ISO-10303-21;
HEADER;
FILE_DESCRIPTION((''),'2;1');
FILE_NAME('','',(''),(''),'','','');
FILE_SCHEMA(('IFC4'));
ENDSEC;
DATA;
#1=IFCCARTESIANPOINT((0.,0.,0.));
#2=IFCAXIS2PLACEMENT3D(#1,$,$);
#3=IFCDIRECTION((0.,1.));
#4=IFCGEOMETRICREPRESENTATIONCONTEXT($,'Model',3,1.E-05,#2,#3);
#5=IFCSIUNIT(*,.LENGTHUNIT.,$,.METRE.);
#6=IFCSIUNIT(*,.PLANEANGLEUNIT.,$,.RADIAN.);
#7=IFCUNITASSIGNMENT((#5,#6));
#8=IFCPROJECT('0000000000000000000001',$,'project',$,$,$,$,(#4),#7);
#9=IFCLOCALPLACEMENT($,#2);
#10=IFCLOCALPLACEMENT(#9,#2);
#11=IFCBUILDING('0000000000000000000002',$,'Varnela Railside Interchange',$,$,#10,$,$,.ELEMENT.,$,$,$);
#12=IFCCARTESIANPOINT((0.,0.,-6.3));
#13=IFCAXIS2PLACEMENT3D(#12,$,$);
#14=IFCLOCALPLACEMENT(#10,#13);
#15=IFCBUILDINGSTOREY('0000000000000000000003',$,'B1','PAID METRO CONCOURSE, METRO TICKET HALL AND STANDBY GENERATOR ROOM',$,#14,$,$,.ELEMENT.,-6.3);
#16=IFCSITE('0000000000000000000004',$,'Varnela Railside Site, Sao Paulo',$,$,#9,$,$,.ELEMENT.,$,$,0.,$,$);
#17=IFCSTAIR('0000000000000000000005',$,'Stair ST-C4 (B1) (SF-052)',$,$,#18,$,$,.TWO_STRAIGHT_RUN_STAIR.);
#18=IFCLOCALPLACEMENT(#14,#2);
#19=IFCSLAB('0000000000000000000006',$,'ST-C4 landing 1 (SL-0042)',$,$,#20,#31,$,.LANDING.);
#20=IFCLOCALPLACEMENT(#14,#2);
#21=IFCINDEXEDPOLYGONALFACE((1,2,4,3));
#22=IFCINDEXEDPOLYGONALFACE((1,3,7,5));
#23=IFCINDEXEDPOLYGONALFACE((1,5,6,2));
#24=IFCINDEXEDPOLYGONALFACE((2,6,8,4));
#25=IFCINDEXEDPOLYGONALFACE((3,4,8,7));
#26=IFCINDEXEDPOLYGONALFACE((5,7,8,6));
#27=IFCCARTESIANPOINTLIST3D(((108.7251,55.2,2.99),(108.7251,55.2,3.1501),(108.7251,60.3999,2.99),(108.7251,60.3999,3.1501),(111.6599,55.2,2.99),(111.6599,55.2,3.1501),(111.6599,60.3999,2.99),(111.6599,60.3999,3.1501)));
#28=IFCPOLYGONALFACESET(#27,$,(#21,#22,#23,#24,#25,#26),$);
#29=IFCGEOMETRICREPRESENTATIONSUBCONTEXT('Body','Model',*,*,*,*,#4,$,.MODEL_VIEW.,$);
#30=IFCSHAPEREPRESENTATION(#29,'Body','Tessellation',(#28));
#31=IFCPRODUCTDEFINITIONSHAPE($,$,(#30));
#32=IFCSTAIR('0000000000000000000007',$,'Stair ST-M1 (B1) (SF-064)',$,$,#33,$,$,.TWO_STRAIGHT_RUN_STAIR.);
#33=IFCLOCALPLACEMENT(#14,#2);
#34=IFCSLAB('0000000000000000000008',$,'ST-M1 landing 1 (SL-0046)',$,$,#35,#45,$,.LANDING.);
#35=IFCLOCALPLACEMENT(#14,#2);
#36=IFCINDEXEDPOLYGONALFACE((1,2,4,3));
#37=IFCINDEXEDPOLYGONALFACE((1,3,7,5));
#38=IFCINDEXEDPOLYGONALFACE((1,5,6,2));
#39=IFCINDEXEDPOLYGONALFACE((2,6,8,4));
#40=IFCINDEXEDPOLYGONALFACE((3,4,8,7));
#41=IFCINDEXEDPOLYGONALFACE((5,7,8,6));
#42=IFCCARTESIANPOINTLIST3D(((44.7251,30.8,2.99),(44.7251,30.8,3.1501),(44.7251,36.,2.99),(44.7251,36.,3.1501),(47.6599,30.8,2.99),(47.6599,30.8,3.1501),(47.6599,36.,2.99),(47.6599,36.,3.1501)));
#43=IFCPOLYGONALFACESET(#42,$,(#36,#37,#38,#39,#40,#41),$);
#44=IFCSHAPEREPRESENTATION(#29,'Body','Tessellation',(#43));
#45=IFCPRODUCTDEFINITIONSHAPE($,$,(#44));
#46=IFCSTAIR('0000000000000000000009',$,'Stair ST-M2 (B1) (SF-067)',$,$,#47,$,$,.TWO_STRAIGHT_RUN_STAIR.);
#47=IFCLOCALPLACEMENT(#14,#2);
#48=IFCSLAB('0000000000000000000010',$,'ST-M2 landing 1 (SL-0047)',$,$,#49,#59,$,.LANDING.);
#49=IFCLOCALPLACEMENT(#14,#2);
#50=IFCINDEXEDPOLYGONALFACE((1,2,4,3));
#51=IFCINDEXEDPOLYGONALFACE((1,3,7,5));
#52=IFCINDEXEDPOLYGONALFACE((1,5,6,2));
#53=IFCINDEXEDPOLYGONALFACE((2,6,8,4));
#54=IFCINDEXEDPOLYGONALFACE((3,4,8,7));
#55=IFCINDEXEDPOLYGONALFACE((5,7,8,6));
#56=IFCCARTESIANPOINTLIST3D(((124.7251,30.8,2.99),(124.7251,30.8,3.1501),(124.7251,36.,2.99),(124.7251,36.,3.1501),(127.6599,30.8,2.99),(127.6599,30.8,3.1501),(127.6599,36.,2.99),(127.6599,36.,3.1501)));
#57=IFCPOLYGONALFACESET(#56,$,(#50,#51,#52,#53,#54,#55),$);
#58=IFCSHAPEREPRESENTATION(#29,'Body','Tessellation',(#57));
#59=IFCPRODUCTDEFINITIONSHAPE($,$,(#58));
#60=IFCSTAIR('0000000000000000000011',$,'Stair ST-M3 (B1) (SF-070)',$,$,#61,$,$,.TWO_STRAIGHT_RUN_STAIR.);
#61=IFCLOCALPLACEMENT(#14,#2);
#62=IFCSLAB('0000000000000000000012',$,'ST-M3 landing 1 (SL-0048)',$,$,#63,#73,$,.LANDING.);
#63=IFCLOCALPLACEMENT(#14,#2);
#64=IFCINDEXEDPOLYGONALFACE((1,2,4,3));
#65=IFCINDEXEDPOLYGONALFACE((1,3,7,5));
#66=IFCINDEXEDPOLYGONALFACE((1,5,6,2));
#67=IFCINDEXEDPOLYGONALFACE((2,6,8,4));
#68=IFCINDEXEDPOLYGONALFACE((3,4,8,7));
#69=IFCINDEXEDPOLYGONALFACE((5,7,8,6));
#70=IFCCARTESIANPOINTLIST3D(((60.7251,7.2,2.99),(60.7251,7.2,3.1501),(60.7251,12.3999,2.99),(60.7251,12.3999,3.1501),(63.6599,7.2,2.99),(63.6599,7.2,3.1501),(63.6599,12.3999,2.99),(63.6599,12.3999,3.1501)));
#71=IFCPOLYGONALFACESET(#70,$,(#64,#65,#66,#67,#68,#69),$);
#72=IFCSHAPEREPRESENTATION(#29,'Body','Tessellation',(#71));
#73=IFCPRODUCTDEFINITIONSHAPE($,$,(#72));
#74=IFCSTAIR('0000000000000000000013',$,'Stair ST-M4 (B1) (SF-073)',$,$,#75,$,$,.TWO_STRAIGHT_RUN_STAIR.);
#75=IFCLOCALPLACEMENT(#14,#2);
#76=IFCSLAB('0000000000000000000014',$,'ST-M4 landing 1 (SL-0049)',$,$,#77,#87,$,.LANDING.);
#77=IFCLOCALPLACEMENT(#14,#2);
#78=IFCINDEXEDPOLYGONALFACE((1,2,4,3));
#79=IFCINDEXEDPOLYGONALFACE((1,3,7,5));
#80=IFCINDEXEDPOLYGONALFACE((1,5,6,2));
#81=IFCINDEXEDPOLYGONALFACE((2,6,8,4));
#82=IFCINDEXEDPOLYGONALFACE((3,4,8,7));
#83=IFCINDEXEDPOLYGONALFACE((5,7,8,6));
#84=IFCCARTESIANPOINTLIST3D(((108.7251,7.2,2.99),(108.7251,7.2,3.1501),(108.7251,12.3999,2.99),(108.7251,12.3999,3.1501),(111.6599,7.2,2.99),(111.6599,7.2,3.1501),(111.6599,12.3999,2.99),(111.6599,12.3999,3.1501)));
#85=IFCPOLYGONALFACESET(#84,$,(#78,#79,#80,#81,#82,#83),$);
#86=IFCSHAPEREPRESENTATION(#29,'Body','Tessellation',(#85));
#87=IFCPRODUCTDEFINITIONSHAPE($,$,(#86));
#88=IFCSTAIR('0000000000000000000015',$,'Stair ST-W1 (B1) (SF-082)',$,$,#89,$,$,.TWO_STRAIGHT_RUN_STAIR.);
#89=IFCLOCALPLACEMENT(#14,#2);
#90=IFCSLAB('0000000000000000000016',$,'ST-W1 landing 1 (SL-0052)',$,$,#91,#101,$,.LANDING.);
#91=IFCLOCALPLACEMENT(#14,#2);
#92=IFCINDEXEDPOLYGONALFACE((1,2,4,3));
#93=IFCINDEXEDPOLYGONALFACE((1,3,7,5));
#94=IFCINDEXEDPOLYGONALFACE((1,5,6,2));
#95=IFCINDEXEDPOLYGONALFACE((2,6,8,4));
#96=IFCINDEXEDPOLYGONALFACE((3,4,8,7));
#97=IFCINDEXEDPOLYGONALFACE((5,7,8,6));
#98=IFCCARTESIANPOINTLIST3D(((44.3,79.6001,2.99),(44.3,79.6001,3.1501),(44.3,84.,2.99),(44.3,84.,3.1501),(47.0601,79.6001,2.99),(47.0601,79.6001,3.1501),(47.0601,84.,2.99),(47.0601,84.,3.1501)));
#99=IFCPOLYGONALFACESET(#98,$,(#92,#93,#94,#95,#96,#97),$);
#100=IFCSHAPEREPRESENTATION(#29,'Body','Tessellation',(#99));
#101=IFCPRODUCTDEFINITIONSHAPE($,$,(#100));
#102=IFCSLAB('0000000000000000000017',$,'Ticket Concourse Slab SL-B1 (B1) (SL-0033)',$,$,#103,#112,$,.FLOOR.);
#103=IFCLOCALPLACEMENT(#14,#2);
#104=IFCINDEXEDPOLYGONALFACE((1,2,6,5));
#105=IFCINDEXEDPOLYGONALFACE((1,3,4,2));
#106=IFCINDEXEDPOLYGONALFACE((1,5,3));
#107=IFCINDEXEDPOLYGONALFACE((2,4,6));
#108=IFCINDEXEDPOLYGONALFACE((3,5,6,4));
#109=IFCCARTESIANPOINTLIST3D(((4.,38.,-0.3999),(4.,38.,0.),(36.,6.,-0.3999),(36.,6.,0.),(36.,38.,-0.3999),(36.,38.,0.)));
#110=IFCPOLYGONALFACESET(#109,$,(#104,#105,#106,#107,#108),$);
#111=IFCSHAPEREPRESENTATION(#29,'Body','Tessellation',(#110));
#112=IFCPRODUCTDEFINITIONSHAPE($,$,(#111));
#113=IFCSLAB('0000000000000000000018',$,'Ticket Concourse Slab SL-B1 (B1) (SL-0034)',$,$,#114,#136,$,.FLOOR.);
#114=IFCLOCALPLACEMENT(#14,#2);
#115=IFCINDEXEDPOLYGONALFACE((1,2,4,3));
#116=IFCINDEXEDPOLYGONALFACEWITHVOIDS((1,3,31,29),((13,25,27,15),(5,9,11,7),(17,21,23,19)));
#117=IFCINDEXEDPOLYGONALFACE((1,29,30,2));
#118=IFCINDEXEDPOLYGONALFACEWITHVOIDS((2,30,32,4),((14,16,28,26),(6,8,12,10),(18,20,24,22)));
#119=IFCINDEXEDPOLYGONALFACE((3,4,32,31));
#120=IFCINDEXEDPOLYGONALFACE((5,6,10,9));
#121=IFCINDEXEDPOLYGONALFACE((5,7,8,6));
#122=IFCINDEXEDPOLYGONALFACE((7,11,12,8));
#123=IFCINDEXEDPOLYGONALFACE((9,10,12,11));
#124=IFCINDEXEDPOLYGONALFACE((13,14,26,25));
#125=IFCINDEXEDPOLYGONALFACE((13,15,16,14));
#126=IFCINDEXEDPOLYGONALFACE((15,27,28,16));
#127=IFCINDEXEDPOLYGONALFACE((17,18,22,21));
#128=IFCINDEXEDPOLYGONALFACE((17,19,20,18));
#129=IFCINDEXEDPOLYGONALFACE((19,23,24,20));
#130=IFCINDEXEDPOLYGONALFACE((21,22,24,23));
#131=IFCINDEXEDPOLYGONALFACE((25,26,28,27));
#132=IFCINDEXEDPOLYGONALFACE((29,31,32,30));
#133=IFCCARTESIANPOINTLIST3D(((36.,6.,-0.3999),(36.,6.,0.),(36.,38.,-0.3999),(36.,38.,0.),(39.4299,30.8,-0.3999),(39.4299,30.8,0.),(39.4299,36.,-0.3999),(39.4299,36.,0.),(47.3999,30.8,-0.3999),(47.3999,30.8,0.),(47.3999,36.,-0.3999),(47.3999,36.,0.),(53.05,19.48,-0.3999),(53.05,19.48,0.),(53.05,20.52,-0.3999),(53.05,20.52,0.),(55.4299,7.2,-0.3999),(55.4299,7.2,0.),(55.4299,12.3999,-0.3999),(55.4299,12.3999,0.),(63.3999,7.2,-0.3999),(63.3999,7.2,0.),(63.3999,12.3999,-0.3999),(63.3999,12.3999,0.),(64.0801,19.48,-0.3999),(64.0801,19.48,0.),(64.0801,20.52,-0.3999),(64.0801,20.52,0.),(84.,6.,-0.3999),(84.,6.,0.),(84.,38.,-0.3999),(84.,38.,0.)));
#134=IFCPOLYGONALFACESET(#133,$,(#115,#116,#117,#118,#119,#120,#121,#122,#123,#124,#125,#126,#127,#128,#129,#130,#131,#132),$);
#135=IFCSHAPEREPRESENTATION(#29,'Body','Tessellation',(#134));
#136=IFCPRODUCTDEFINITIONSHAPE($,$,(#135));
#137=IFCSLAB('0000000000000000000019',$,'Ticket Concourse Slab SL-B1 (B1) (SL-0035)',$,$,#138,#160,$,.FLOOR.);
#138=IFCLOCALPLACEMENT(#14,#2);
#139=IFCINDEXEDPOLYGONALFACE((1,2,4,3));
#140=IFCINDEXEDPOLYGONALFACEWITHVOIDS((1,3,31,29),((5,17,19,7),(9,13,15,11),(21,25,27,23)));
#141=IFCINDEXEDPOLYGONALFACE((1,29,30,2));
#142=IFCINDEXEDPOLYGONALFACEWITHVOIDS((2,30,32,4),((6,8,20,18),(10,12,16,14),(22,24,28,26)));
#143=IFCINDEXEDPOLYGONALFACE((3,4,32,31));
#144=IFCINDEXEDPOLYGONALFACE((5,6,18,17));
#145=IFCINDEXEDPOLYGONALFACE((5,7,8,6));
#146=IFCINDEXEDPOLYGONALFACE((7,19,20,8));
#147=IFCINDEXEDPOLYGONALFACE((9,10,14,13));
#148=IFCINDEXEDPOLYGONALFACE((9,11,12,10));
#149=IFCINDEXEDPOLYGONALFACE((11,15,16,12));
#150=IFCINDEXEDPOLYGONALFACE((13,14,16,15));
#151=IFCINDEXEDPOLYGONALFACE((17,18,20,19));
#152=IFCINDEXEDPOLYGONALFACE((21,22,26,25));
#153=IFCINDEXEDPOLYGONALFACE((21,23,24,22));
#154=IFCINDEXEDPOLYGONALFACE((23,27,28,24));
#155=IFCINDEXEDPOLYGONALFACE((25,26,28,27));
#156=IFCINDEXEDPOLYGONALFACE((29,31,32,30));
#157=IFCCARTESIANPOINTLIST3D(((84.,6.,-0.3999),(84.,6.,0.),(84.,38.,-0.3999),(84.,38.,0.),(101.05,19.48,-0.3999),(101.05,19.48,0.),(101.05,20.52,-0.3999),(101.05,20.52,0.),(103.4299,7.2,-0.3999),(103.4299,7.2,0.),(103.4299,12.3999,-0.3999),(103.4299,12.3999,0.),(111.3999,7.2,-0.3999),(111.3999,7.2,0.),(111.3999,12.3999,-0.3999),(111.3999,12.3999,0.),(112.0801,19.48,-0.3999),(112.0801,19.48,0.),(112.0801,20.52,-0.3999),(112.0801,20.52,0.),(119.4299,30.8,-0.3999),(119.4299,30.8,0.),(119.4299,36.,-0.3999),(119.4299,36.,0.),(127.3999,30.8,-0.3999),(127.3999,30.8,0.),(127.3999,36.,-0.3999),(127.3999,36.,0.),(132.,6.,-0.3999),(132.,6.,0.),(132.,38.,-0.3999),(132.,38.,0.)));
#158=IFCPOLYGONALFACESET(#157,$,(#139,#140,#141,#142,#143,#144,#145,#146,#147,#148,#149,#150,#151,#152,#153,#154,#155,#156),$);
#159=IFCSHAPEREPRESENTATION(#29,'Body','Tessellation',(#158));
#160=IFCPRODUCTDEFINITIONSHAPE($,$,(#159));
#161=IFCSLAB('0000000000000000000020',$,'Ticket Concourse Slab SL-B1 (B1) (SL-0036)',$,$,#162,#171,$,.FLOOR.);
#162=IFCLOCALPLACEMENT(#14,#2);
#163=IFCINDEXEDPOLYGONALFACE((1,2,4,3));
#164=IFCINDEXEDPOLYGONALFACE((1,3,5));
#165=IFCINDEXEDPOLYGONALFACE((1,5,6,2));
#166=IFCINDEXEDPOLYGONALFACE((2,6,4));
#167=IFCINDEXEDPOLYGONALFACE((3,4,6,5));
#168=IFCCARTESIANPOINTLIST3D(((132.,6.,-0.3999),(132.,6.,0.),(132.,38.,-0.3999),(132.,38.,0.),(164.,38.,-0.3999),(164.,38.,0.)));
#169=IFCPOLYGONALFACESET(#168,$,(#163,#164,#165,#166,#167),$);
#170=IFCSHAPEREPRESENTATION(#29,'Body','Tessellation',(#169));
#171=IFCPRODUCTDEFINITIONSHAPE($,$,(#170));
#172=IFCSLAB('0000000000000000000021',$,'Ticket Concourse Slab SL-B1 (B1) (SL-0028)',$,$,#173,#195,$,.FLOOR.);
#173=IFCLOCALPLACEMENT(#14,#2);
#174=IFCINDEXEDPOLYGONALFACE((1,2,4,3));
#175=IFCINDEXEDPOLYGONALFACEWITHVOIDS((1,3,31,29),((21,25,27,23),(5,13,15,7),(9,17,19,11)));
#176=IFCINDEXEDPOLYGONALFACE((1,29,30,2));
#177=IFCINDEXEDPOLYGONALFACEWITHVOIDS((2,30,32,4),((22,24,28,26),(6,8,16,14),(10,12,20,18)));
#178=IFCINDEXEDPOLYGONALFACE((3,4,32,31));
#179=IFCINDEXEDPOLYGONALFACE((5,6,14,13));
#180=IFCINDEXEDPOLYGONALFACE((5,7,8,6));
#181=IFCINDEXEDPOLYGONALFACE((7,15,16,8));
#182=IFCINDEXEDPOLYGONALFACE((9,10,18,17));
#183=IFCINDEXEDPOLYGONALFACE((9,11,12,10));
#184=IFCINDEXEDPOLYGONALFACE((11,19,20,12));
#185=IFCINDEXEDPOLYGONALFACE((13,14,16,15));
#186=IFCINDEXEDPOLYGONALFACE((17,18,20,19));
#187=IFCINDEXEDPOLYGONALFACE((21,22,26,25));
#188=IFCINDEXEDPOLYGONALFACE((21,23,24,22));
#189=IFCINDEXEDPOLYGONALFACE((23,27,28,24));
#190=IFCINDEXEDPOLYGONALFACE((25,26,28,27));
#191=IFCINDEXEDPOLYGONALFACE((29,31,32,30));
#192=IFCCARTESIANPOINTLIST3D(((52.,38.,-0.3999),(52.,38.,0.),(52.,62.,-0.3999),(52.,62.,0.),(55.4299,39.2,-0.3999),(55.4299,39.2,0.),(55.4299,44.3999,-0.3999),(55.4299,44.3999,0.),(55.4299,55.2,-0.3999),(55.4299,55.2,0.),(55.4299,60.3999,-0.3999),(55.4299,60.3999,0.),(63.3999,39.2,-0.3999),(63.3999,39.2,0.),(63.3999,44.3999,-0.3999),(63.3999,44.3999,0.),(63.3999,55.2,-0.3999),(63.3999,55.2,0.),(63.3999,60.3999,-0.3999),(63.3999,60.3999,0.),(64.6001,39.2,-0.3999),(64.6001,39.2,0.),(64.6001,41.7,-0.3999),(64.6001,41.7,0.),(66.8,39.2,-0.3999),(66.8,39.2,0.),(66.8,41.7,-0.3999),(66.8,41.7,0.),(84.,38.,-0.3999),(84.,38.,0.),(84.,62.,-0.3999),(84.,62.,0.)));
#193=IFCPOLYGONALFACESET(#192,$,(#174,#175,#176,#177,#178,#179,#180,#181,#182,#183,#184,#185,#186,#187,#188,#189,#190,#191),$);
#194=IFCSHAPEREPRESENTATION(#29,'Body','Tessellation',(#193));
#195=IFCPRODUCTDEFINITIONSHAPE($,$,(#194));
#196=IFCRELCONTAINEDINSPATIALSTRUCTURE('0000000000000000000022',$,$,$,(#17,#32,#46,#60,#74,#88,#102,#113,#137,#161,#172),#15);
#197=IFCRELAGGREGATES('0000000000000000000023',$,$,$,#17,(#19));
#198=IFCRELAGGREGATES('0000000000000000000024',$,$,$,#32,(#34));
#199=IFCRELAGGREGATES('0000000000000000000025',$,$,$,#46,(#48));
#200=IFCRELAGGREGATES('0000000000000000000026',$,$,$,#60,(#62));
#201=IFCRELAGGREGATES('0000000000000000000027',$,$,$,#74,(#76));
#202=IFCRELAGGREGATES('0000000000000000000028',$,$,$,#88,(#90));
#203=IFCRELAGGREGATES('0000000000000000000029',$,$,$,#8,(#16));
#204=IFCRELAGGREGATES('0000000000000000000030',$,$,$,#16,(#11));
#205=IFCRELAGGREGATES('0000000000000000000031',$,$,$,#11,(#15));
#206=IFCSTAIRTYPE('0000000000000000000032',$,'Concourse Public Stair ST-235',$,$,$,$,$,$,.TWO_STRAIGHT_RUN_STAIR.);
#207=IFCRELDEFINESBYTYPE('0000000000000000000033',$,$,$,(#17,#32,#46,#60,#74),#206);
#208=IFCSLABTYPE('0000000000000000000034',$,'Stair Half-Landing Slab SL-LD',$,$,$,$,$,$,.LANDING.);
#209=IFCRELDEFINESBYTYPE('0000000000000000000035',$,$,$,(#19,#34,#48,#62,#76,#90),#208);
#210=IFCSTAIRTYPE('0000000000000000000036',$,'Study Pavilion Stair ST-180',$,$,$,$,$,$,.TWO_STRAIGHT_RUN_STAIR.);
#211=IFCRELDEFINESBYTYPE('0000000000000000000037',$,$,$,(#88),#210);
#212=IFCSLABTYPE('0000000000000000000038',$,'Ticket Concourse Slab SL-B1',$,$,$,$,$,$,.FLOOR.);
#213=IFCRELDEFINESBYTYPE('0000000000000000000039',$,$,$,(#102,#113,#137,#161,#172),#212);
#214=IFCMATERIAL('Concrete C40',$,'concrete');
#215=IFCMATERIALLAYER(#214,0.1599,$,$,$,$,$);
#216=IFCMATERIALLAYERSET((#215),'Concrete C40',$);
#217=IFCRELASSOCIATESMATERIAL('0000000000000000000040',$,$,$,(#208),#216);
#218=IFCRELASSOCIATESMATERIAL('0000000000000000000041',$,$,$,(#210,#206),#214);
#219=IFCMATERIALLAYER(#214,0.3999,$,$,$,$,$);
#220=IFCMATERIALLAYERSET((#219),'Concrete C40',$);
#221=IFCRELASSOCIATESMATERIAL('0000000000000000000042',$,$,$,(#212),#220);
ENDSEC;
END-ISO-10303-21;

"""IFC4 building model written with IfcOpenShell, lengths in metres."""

from ifc_helpers import new_model, si_unit, direction, frame, origin, place, context, subcontext, project, spatial, polyline, outline, extrude, material, layer, layer_set, type_object, element, aggregate, save


model = new_model("IFC4")

# Units and contexts
model_context = context("Model", 3, precision=1e-05, world=origin(), true_north=direction((0.0, 1.0)))
body_context = subcontext(model_context, "Body", "Model", "MODEL_VIEW")
ifc_project = project(units=[si_unit("LENGTHUNIT", "METRE"), si_unit("PLANEANGLEUNIT", "RADIAN")], contexts=[model_context])

# Site, building, storey
site_placement = place(None, origin())
site = spatial("IfcSite", under=ifc_project, at=site_placement, Name="Varnela Railside Site, Sao Paulo", CompositionType="ELEMENT", RefElevation=0.0)
building_placement = place(site_placement, origin())
building = spatial("IfcBuilding", under=site, at=building_placement, Name="Varnela Railside Interchange", CompositionType="ELEMENT")
storey_placement = place(building_placement, frame((0.0, 0.0, -6.3)))
storey = spatial("IfcBuildingStorey", under=building, at=storey_placement, Name="B1", Description="PAID METRO CONCOURSE, METRO TICKET HALL AND STANDBY GENERATOR ROOM", CompositionType="ELEMENT", Elevation=-6.3)

# Shared definitions
ifc_material_1 = material(Name="Concrete C40", Category="concrete")

# Stairs, slabs
ifc_layer_1 = layer(ifc_material_1, 0.1599)
ifc_layer_set_1 = layer_set([ifc_layer_1], Name="Concrete C40")
slab_type_1 = type_object("IfcSlabType", Name="Stair Half-Landing Slab SL-LD", PredefinedType="LANDING", material=ifc_layer_set_1)
stair_type_1 = type_object("IfcStairType", Name="Study Pavilion Stair ST-180", PredefinedType="TWO_STRAIGHT_RUN_STAIR", material=ifc_material_1)
stair_type_2 = type_object("IfcStairType", Name="Concourse Public Stair ST-235", PredefinedType="TWO_STRAIGHT_RUN_STAIR", material=ifc_material_1)
stair_1_placement = place(storey_placement, origin())
stair_1 = element("IfcStair", 1, at=stair_1_placement, inside=storey, type_object=stair_type_2, Name="Stair ST-C4 (B1) (SF-052)", PredefinedType="TWO_STRAIGHT_RUN_STAIR")
slab_1_placement = place(storey_placement, frame((0.0, 0.0, 2.99)))
slab_1 = element("IfcSlab", 2, at=slab_1_placement, type_object=slab_type_1, Name="ST-C4 landing 1 (SL-0042)", PredefinedType="LANDING", context=body_context, shape_type="SweptSolid", body=[
    extrude(outline(polyline([(108.7251, 55.2), (111.6599, 55.2), (111.6599, 60.3999), (108.7251, 60.3999), (108.7251, 55.2)])), origin(), (0.0, 0.0, 1.0), 0.1602),
])
aggregate(stair_1, [slab_1])
stair_2_placement = place(storey_placement, origin())
stair_2 = element("IfcStair", 3, at=stair_2_placement, inside=storey, type_object=stair_type_2, Name="Stair ST-M1 (B1) (SF-064)", PredefinedType="TWO_STRAIGHT_RUN_STAIR")
slab_2_placement = place(storey_placement, frame((0.0, 0.0, 2.99)))
slab_2 = element("IfcSlab", 4, at=slab_2_placement, type_object=slab_type_1, Name="ST-M1 landing 1 (SL-0046)", PredefinedType="LANDING", context=body_context, shape_type="SweptSolid", body=[
    extrude(outline(polyline([(44.7251, 30.8), (47.6599, 30.8), (47.6599, 36.0), (44.7251, 36.0), (44.7251, 30.8)])), origin(), (0.0, 0.0, 1.0), 0.1602),
])
aggregate(stair_2, [slab_2])
stair_3_placement = place(storey_placement, origin())
stair_3 = element("IfcStair", 5, at=stair_3_placement, inside=storey, type_object=stair_type_2, Name="Stair ST-M2 (B1) (SF-067)", PredefinedType="TWO_STRAIGHT_RUN_STAIR")
slab_3_placement = place(storey_placement, frame((0.0, 0.0, 2.99)))
slab_3 = element("IfcSlab", 6, at=slab_3_placement, type_object=slab_type_1, Name="ST-M2 landing 1 (SL-0047)", PredefinedType="LANDING", context=body_context, shape_type="SweptSolid", body=[
    extrude(outline(polyline([(124.7251, 30.8), (127.6599, 30.8), (127.6599, 36.0), (124.7251, 36.0), (124.7251, 30.8)])), origin(), (0.0, 0.0, 1.0), 0.1602),
])
aggregate(stair_3, [slab_3])
stair_4_placement = place(storey_placement, origin())
stair_4 = element("IfcStair", 7, at=stair_4_placement, inside=storey, type_object=stair_type_2, Name="Stair ST-M3 (B1) (SF-070)", PredefinedType="TWO_STRAIGHT_RUN_STAIR")
slab_4_placement = place(storey_placement, frame((0.0, 0.0, 2.99)))
slab_4 = element("IfcSlab", 8, at=slab_4_placement, type_object=slab_type_1, Name="ST-M3 landing 1 (SL-0048)", PredefinedType="LANDING", context=body_context, shape_type="SweptSolid", body=[
    extrude(outline(polyline([(60.7251, 7.2), (63.6599, 7.2), (63.6599, 12.3999), (60.7251, 12.3999), (60.7251, 7.2)])), origin(), (0.0, 0.0, 1.0), 0.1602),
])
aggregate(stair_4, [slab_4])
stair_5_placement = place(storey_placement, origin())
stair_5 = element("IfcStair", 9, at=stair_5_placement, inside=storey, type_object=stair_type_2, Name="Stair ST-M4 (B1) (SF-073)", PredefinedType="TWO_STRAIGHT_RUN_STAIR")
slab_5_placement = place(storey_placement, frame((0.0, 0.0, 2.99)))
slab_5 = element("IfcSlab", 10, at=slab_5_placement, type_object=slab_type_1, Name="ST-M4 landing 1 (SL-0049)", PredefinedType="LANDING", context=body_context, shape_type="SweptSolid", body=[
    extrude(outline(polyline([(108.7251, 7.2), (111.6599, 7.2), (111.6599, 12.3999), (108.7251, 12.3999), (108.7251, 7.2)])), origin(), (0.0, 0.0, 1.0), 0.1602),
])
aggregate(stair_5, [slab_5])
stair_6_placement = place(storey_placement, origin())
stair_6 = element("IfcStair", 11, at=stair_6_placement, inside=storey, type_object=stair_type_1, Name="Stair ST-W1 (B1) (SF-082)", PredefinedType="TWO_STRAIGHT_RUN_STAIR")
slab_6_placement = place(storey_placement, frame((0.0, 0.0, 2.99)))
slab_6 = element("IfcSlab", 12, at=slab_6_placement, type_object=slab_type_1, Name="ST-W1 landing 1 (SL-0052)", PredefinedType="LANDING", context=body_context, shape_type="SweptSolid", body=[
    extrude(outline(polyline([(44.3, 79.6001), (47.0601, 79.6001), (47.0601, 84.0), (44.3, 84.0), (44.3, 79.6001)])), origin(), (0.0, 0.0, 1.0), 0.1602),
])
aggregate(stair_6, [slab_6])

# Slabs
ifc_layer_2 = layer(ifc_material_1, 0.3999)
ifc_layer_set_2 = layer_set([ifc_layer_2], Name="Concrete C40")
slab_type_2 = type_object("IfcSlabType", Name="Ticket Concourse Slab SL-B1", PredefinedType="FLOOR", material=ifc_layer_set_2)
slab_7_placement = place(storey_placement, frame((0.0, 0.0, -0.3999)))
element("IfcSlab", 13, at=slab_7_placement, inside=storey, type_object=slab_type_2, Name="Ticket Concourse Slab SL-B1 (B1) (SL-0033)", PredefinedType="FLOOR", context=body_context, shape_type="SweptSolid", body=[
    extrude(outline(polyline([(4.0, 38.0), (36.0, 6.0), (36.0, 38.0), (4.0, 38.0)])), origin(), (0.0, 0.0, 1.0), 0.3999),
])
slab_8_placement = place(storey_placement, frame((0.0, 0.0, -0.3999)))
element("IfcSlab", 14, at=slab_8_placement, inside=storey, type_object=slab_type_2, Name="Ticket Concourse Slab SL-B1 (B1) (SL-0034)", PredefinedType="FLOOR", context=body_context, shape_type="SweptSolid", body=[
    extrude(outline(polyline([(36.0, 6.0), (84.0, 6.0), (84.0, 38.0), (36.0, 38.0), (36.0, 6.0)]), holes=[polyline([(39.4299, 30.8), (47.3999, 30.8), (47.3999, 36.0), (39.4299, 36.0), (39.4299, 30.8)]), polyline([(55.4299, 7.2), (63.3999, 7.2), (63.3999, 12.3999), (55.4299, 12.3999), (55.4299, 7.2)]), polyline([(53.05, 19.48), (64.0801, 19.48), (64.0801, 20.52), (53.05, 20.52), (53.05, 19.48)])]), origin(), (0.0, 0.0, 1.0), 0.3999),
])
slab_9_placement = place(storey_placement, frame((0.0, 0.0, -0.3999)))
element("IfcSlab", 15, at=slab_9_placement, inside=storey, type_object=slab_type_2, Name="Ticket Concourse Slab SL-B1 (B1) (SL-0035)", PredefinedType="FLOOR", context=body_context, shape_type="SweptSolid", body=[
    extrude(outline(polyline([(84.0, 6.0), (132.0, 6.0), (132.0, 38.0), (84.0, 38.0), (84.0, 6.0)]), holes=[polyline([(119.4299, 30.8), (127.3999, 30.8), (127.3999, 36.0), (119.4299, 36.0), (119.4299, 30.8)]), polyline([(103.4299, 7.2), (111.3999, 7.2), (111.3999, 12.3999), (103.4299, 12.3999), (103.4299, 7.2)]), polyline([(101.05, 19.48), (112.0801, 19.48), (112.0801, 20.52), (101.05, 20.52), (101.05, 19.48)])]), origin(), (0.0, 0.0, 1.0), 0.3999),
])
slab_10_placement = place(storey_placement, frame((0.0, 0.0, -0.3999)))
element("IfcSlab", 16, at=slab_10_placement, inside=storey, type_object=slab_type_2, Name="Ticket Concourse Slab SL-B1 (B1) (SL-0036)", PredefinedType="FLOOR", context=body_context, shape_type="SweptSolid", body=[
    extrude(outline(polyline([(132.0, 6.0), (164.0, 38.0), (132.0, 38.0), (132.0, 6.0)])), origin(), (0.0, 0.0, 1.0), 0.3999),
])
slab_11_placement = place(storey_placement, frame((0.0, 0.0, -0.3999)))
element("IfcSlab", 17, at=slab_11_placement, inside=storey, type_object=slab_type_2, Name="Ticket Concourse Slab SL-B1 (B1) (SL-0028)", PredefinedType="FLOOR", context=body_context, shape_type="SweptSolid", body=[
    extrude(outline(polyline([(52.0, 38.0), (84.0, 38.0), (84.0, 62.0), (52.0, 62.0), (52.0, 38.0)]), holes=[polyline([(55.4299, 39.2), (63.3999, 39.2), (63.3999, 44.3999), (55.4299, 44.3999), (55.4299, 39.2)]), polyline([(55.4299, 55.2), (63.3999, 55.2), (63.3999, 60.3999), (55.4299, 60.3999), (55.4299, 55.2)]), polyline([(64.6001, 39.2), (66.8, 39.2), (66.8, 41.7), (64.6001, 41.7), (64.6001, 39.2)])]), origin(), (0.0, 0.0, 1.0), 0.3999),
])

save(model, "model.ifc")
